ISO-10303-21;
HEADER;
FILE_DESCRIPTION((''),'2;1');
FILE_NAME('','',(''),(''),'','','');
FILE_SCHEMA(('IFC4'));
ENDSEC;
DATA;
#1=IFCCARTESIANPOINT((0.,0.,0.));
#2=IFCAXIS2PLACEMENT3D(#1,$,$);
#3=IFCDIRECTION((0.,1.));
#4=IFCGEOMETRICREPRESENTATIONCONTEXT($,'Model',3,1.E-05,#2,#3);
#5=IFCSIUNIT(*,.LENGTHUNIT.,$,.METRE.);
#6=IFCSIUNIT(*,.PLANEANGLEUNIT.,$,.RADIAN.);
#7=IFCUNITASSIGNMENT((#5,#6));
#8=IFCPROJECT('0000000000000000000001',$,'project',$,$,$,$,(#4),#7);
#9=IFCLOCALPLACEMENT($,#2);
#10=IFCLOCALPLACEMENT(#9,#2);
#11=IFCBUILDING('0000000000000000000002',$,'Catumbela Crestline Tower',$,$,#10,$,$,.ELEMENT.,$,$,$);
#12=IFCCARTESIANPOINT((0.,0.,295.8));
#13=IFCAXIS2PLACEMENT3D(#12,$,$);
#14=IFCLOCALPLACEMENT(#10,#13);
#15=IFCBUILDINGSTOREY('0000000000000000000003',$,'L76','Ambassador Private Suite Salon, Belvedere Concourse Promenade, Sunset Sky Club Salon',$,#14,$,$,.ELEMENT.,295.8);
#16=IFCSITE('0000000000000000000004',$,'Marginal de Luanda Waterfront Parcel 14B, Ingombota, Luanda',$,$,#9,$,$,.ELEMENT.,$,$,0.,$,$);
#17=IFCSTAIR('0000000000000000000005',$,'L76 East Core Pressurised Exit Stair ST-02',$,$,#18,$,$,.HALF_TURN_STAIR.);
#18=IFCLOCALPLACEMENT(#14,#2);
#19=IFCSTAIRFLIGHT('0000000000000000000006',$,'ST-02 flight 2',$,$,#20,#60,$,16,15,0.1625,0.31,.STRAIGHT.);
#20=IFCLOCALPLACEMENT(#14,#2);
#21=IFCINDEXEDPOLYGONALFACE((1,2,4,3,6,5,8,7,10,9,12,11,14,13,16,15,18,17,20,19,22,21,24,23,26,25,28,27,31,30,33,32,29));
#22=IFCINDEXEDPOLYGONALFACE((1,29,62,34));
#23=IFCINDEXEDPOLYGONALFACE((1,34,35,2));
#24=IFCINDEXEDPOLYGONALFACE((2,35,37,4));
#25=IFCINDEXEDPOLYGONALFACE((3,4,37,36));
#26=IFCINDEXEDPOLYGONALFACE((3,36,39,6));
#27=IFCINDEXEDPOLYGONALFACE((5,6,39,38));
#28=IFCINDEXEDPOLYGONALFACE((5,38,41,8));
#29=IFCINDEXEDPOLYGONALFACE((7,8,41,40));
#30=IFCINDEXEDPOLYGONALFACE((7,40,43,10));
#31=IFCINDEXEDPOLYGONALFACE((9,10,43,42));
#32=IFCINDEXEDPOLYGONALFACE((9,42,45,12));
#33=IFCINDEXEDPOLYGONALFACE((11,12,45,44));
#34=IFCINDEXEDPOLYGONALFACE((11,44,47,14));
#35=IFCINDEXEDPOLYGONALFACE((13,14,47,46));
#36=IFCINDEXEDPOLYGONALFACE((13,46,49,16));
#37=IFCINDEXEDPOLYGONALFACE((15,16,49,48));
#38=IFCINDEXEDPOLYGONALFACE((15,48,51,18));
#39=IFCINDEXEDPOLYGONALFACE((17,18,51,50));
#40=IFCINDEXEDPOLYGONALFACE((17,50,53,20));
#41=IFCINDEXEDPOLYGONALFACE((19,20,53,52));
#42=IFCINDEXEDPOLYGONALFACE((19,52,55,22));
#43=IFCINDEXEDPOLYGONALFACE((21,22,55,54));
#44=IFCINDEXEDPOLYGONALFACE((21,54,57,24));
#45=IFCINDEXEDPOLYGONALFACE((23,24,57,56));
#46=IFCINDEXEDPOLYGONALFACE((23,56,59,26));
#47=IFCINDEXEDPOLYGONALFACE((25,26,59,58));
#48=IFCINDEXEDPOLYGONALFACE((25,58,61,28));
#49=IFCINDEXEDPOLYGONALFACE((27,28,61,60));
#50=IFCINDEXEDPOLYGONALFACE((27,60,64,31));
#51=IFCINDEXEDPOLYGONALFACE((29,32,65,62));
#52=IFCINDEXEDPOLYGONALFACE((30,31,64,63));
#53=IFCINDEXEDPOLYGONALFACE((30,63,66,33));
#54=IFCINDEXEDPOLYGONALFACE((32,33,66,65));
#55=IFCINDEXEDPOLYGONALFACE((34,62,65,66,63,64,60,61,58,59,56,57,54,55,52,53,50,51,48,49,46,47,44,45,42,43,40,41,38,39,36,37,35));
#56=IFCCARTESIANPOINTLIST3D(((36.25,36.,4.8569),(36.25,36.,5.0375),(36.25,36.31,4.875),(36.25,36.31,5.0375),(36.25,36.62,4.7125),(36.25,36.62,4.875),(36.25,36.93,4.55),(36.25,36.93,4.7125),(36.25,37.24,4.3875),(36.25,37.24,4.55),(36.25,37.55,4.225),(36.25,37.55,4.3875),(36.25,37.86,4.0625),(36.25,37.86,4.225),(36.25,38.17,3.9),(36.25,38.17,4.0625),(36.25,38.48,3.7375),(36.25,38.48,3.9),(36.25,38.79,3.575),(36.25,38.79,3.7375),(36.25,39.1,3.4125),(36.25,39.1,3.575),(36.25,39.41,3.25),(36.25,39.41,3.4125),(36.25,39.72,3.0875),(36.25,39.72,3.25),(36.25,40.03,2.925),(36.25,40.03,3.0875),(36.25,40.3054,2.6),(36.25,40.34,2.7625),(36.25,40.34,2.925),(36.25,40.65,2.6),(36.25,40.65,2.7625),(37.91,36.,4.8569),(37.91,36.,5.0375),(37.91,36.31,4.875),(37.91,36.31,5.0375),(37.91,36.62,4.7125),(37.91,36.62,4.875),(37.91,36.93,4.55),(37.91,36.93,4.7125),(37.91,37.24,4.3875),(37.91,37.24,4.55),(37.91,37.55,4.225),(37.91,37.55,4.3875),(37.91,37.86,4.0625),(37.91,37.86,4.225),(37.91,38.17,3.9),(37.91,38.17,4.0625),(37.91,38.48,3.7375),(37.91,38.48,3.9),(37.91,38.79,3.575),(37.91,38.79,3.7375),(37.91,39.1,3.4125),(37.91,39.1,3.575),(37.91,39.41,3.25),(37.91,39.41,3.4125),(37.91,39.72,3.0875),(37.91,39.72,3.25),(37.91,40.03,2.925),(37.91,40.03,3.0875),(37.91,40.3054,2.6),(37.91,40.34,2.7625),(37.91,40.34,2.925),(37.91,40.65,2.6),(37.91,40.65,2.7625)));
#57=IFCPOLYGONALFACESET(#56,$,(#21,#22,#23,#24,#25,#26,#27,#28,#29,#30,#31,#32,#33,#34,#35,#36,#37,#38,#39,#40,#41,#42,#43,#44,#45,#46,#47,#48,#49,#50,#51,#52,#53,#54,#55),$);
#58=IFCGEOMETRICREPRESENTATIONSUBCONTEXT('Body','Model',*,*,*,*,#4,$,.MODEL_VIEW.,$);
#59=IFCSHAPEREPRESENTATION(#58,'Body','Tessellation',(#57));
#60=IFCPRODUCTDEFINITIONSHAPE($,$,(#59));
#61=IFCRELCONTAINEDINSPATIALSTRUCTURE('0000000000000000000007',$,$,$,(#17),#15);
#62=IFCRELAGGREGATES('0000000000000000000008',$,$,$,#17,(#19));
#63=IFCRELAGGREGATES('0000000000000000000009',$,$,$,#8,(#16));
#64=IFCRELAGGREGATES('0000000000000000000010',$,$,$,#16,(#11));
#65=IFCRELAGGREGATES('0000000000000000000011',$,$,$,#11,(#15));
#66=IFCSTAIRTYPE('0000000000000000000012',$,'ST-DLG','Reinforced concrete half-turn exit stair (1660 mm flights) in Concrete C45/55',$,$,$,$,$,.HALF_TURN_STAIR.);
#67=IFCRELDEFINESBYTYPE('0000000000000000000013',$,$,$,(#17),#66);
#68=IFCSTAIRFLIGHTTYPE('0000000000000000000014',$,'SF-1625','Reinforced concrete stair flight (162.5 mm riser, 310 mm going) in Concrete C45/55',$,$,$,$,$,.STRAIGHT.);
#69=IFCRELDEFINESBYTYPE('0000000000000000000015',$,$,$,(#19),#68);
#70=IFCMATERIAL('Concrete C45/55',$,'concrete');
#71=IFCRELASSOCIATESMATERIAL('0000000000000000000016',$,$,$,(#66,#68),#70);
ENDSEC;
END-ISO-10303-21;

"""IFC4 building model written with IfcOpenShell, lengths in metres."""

from ifc_helpers import new_model, si_unit, direction, frame, origin, place, context, subcontext, project, spatial, polyline, outline, extrude, material, type_object, element, aggregate, save


model = new_model("IFC4")

# Units and contexts
model_context = context("Model", 3, precision=1e-05, world=origin(), true_north=direction((0.0, 1.0)))
body_context = subcontext(model_context, "Body", "Model", "MODEL_VIEW")
ifc_project = project(units=[si_unit("LENGTHUNIT", "METRE"), si_unit("PLANEANGLEUNIT", "RADIAN")], contexts=[model_context])

# Site, building, storey
site_placement = place(None, origin())
site = spatial("IfcSite", under=ifc_project, at=site_placement, Name="Marginal de Luanda Waterfront Parcel 14B, Ingombota, Luanda", CompositionType="ELEMENT", RefElevation=0.0)
building_placement = place(site_placement, origin())
building = spatial("IfcBuilding", under=site, at=building_placement, Name="Catumbela Crestline Tower", CompositionType="ELEMENT")
storey_placement = place(building_placement, frame((0.0, 0.0, 295.8)))
storey = spatial("IfcBuildingStorey", under=building, at=storey_placement, Name="L76", Description="Ambassador Private Suite Salon, Belvedere Concourse Promenade, Sunset Sky Club Salon", CompositionType="ELEMENT", Elevation=295.8)

# Shared definitions
ifc_material_1 = material(Name="Concrete C45/55", Category="concrete")

# Stair, stair flight
stair_type = type_object("IfcStairType", Name="ST-DLG", Description="Reinforced concrete half-turn exit stair (1660 mm flights) in Concrete C45/55", PredefinedType="HALF_TURN_STAIR", material=ifc_material_1)
stair_placement = place(storey_placement, origin())
stair = element("IfcStair", 1, at=stair_placement, inside=storey, type_object=stair_type, Name="L76 East Core Pressurised Exit Stair ST-02", PredefinedType="HALF_TURN_STAIR")
stair_flight_type = type_object("IfcStairFlightType", Name="SF-1625", Description="Reinforced concrete stair flight (162.5 mm riser, 310 mm going) in Concrete C45/55", PredefinedType="STRAIGHT", material=ifc_material_1)
stair_flight_placement = place(storey_placement, frame((37.08, 40.65, 2.6), z_axis=(0.0, 0.0, 1.0), x_axis=(0.0, -1.0, 0.0)))
stair_flight = element("IfcStairFlight", 2, at=stair_flight_placement, type_object=stair_flight_type, Name="ST-02 flight 2", NumberOfRisers=16, NumberOfTreads=15, PredefinedType="STRAIGHT", RiserHeight=0.1625, TreadLength=0.31, context=body_context, shape_type="SweptSolid", body=[
    extrude(outline(polyline([(0.0, 0.0), (0.0, 0.1625), (0.31, 0.1625), (0.31, 0.325), (0.62, 0.325), (0.62, 0.4875), (0.93, 0.4875), (0.93, 0.65), (1.24, 0.65), (1.24, 0.8125), (1.55, 0.8125), (1.55, 0.975), (1.86, 0.975), (1.86, 1.1375), (2.17, 1.1375), (2.17, 1.3), (2.48, 1.3), (2.48, 1.4625), (2.79, 1.4625), (2.79, 1.625), (3.1, 1.625), (3.1, 1.7875), (3.41, 1.7875), (3.41, 1.95), (3.72, 1.95), (3.72, 2.1125), (4.03, 2.1125), (4.03, 2.275), (4.34, 2.275), (4.34, 2.4375), (4.65, 2.4375), (4.65, 2.6), (4.65, 2.2569), (0.3446, 0.0), (0.0, 0.0)])), frame((0.0, 0.83, 0.0), z_axis=(0.0, -1.0, 0.0), x_axis=(1.0, 0.0, 0.0)), (0.0, 0.0, 1.0), 1.66),
])
aggregate(stair, [stair_flight])

save(model, "model.ifc")
